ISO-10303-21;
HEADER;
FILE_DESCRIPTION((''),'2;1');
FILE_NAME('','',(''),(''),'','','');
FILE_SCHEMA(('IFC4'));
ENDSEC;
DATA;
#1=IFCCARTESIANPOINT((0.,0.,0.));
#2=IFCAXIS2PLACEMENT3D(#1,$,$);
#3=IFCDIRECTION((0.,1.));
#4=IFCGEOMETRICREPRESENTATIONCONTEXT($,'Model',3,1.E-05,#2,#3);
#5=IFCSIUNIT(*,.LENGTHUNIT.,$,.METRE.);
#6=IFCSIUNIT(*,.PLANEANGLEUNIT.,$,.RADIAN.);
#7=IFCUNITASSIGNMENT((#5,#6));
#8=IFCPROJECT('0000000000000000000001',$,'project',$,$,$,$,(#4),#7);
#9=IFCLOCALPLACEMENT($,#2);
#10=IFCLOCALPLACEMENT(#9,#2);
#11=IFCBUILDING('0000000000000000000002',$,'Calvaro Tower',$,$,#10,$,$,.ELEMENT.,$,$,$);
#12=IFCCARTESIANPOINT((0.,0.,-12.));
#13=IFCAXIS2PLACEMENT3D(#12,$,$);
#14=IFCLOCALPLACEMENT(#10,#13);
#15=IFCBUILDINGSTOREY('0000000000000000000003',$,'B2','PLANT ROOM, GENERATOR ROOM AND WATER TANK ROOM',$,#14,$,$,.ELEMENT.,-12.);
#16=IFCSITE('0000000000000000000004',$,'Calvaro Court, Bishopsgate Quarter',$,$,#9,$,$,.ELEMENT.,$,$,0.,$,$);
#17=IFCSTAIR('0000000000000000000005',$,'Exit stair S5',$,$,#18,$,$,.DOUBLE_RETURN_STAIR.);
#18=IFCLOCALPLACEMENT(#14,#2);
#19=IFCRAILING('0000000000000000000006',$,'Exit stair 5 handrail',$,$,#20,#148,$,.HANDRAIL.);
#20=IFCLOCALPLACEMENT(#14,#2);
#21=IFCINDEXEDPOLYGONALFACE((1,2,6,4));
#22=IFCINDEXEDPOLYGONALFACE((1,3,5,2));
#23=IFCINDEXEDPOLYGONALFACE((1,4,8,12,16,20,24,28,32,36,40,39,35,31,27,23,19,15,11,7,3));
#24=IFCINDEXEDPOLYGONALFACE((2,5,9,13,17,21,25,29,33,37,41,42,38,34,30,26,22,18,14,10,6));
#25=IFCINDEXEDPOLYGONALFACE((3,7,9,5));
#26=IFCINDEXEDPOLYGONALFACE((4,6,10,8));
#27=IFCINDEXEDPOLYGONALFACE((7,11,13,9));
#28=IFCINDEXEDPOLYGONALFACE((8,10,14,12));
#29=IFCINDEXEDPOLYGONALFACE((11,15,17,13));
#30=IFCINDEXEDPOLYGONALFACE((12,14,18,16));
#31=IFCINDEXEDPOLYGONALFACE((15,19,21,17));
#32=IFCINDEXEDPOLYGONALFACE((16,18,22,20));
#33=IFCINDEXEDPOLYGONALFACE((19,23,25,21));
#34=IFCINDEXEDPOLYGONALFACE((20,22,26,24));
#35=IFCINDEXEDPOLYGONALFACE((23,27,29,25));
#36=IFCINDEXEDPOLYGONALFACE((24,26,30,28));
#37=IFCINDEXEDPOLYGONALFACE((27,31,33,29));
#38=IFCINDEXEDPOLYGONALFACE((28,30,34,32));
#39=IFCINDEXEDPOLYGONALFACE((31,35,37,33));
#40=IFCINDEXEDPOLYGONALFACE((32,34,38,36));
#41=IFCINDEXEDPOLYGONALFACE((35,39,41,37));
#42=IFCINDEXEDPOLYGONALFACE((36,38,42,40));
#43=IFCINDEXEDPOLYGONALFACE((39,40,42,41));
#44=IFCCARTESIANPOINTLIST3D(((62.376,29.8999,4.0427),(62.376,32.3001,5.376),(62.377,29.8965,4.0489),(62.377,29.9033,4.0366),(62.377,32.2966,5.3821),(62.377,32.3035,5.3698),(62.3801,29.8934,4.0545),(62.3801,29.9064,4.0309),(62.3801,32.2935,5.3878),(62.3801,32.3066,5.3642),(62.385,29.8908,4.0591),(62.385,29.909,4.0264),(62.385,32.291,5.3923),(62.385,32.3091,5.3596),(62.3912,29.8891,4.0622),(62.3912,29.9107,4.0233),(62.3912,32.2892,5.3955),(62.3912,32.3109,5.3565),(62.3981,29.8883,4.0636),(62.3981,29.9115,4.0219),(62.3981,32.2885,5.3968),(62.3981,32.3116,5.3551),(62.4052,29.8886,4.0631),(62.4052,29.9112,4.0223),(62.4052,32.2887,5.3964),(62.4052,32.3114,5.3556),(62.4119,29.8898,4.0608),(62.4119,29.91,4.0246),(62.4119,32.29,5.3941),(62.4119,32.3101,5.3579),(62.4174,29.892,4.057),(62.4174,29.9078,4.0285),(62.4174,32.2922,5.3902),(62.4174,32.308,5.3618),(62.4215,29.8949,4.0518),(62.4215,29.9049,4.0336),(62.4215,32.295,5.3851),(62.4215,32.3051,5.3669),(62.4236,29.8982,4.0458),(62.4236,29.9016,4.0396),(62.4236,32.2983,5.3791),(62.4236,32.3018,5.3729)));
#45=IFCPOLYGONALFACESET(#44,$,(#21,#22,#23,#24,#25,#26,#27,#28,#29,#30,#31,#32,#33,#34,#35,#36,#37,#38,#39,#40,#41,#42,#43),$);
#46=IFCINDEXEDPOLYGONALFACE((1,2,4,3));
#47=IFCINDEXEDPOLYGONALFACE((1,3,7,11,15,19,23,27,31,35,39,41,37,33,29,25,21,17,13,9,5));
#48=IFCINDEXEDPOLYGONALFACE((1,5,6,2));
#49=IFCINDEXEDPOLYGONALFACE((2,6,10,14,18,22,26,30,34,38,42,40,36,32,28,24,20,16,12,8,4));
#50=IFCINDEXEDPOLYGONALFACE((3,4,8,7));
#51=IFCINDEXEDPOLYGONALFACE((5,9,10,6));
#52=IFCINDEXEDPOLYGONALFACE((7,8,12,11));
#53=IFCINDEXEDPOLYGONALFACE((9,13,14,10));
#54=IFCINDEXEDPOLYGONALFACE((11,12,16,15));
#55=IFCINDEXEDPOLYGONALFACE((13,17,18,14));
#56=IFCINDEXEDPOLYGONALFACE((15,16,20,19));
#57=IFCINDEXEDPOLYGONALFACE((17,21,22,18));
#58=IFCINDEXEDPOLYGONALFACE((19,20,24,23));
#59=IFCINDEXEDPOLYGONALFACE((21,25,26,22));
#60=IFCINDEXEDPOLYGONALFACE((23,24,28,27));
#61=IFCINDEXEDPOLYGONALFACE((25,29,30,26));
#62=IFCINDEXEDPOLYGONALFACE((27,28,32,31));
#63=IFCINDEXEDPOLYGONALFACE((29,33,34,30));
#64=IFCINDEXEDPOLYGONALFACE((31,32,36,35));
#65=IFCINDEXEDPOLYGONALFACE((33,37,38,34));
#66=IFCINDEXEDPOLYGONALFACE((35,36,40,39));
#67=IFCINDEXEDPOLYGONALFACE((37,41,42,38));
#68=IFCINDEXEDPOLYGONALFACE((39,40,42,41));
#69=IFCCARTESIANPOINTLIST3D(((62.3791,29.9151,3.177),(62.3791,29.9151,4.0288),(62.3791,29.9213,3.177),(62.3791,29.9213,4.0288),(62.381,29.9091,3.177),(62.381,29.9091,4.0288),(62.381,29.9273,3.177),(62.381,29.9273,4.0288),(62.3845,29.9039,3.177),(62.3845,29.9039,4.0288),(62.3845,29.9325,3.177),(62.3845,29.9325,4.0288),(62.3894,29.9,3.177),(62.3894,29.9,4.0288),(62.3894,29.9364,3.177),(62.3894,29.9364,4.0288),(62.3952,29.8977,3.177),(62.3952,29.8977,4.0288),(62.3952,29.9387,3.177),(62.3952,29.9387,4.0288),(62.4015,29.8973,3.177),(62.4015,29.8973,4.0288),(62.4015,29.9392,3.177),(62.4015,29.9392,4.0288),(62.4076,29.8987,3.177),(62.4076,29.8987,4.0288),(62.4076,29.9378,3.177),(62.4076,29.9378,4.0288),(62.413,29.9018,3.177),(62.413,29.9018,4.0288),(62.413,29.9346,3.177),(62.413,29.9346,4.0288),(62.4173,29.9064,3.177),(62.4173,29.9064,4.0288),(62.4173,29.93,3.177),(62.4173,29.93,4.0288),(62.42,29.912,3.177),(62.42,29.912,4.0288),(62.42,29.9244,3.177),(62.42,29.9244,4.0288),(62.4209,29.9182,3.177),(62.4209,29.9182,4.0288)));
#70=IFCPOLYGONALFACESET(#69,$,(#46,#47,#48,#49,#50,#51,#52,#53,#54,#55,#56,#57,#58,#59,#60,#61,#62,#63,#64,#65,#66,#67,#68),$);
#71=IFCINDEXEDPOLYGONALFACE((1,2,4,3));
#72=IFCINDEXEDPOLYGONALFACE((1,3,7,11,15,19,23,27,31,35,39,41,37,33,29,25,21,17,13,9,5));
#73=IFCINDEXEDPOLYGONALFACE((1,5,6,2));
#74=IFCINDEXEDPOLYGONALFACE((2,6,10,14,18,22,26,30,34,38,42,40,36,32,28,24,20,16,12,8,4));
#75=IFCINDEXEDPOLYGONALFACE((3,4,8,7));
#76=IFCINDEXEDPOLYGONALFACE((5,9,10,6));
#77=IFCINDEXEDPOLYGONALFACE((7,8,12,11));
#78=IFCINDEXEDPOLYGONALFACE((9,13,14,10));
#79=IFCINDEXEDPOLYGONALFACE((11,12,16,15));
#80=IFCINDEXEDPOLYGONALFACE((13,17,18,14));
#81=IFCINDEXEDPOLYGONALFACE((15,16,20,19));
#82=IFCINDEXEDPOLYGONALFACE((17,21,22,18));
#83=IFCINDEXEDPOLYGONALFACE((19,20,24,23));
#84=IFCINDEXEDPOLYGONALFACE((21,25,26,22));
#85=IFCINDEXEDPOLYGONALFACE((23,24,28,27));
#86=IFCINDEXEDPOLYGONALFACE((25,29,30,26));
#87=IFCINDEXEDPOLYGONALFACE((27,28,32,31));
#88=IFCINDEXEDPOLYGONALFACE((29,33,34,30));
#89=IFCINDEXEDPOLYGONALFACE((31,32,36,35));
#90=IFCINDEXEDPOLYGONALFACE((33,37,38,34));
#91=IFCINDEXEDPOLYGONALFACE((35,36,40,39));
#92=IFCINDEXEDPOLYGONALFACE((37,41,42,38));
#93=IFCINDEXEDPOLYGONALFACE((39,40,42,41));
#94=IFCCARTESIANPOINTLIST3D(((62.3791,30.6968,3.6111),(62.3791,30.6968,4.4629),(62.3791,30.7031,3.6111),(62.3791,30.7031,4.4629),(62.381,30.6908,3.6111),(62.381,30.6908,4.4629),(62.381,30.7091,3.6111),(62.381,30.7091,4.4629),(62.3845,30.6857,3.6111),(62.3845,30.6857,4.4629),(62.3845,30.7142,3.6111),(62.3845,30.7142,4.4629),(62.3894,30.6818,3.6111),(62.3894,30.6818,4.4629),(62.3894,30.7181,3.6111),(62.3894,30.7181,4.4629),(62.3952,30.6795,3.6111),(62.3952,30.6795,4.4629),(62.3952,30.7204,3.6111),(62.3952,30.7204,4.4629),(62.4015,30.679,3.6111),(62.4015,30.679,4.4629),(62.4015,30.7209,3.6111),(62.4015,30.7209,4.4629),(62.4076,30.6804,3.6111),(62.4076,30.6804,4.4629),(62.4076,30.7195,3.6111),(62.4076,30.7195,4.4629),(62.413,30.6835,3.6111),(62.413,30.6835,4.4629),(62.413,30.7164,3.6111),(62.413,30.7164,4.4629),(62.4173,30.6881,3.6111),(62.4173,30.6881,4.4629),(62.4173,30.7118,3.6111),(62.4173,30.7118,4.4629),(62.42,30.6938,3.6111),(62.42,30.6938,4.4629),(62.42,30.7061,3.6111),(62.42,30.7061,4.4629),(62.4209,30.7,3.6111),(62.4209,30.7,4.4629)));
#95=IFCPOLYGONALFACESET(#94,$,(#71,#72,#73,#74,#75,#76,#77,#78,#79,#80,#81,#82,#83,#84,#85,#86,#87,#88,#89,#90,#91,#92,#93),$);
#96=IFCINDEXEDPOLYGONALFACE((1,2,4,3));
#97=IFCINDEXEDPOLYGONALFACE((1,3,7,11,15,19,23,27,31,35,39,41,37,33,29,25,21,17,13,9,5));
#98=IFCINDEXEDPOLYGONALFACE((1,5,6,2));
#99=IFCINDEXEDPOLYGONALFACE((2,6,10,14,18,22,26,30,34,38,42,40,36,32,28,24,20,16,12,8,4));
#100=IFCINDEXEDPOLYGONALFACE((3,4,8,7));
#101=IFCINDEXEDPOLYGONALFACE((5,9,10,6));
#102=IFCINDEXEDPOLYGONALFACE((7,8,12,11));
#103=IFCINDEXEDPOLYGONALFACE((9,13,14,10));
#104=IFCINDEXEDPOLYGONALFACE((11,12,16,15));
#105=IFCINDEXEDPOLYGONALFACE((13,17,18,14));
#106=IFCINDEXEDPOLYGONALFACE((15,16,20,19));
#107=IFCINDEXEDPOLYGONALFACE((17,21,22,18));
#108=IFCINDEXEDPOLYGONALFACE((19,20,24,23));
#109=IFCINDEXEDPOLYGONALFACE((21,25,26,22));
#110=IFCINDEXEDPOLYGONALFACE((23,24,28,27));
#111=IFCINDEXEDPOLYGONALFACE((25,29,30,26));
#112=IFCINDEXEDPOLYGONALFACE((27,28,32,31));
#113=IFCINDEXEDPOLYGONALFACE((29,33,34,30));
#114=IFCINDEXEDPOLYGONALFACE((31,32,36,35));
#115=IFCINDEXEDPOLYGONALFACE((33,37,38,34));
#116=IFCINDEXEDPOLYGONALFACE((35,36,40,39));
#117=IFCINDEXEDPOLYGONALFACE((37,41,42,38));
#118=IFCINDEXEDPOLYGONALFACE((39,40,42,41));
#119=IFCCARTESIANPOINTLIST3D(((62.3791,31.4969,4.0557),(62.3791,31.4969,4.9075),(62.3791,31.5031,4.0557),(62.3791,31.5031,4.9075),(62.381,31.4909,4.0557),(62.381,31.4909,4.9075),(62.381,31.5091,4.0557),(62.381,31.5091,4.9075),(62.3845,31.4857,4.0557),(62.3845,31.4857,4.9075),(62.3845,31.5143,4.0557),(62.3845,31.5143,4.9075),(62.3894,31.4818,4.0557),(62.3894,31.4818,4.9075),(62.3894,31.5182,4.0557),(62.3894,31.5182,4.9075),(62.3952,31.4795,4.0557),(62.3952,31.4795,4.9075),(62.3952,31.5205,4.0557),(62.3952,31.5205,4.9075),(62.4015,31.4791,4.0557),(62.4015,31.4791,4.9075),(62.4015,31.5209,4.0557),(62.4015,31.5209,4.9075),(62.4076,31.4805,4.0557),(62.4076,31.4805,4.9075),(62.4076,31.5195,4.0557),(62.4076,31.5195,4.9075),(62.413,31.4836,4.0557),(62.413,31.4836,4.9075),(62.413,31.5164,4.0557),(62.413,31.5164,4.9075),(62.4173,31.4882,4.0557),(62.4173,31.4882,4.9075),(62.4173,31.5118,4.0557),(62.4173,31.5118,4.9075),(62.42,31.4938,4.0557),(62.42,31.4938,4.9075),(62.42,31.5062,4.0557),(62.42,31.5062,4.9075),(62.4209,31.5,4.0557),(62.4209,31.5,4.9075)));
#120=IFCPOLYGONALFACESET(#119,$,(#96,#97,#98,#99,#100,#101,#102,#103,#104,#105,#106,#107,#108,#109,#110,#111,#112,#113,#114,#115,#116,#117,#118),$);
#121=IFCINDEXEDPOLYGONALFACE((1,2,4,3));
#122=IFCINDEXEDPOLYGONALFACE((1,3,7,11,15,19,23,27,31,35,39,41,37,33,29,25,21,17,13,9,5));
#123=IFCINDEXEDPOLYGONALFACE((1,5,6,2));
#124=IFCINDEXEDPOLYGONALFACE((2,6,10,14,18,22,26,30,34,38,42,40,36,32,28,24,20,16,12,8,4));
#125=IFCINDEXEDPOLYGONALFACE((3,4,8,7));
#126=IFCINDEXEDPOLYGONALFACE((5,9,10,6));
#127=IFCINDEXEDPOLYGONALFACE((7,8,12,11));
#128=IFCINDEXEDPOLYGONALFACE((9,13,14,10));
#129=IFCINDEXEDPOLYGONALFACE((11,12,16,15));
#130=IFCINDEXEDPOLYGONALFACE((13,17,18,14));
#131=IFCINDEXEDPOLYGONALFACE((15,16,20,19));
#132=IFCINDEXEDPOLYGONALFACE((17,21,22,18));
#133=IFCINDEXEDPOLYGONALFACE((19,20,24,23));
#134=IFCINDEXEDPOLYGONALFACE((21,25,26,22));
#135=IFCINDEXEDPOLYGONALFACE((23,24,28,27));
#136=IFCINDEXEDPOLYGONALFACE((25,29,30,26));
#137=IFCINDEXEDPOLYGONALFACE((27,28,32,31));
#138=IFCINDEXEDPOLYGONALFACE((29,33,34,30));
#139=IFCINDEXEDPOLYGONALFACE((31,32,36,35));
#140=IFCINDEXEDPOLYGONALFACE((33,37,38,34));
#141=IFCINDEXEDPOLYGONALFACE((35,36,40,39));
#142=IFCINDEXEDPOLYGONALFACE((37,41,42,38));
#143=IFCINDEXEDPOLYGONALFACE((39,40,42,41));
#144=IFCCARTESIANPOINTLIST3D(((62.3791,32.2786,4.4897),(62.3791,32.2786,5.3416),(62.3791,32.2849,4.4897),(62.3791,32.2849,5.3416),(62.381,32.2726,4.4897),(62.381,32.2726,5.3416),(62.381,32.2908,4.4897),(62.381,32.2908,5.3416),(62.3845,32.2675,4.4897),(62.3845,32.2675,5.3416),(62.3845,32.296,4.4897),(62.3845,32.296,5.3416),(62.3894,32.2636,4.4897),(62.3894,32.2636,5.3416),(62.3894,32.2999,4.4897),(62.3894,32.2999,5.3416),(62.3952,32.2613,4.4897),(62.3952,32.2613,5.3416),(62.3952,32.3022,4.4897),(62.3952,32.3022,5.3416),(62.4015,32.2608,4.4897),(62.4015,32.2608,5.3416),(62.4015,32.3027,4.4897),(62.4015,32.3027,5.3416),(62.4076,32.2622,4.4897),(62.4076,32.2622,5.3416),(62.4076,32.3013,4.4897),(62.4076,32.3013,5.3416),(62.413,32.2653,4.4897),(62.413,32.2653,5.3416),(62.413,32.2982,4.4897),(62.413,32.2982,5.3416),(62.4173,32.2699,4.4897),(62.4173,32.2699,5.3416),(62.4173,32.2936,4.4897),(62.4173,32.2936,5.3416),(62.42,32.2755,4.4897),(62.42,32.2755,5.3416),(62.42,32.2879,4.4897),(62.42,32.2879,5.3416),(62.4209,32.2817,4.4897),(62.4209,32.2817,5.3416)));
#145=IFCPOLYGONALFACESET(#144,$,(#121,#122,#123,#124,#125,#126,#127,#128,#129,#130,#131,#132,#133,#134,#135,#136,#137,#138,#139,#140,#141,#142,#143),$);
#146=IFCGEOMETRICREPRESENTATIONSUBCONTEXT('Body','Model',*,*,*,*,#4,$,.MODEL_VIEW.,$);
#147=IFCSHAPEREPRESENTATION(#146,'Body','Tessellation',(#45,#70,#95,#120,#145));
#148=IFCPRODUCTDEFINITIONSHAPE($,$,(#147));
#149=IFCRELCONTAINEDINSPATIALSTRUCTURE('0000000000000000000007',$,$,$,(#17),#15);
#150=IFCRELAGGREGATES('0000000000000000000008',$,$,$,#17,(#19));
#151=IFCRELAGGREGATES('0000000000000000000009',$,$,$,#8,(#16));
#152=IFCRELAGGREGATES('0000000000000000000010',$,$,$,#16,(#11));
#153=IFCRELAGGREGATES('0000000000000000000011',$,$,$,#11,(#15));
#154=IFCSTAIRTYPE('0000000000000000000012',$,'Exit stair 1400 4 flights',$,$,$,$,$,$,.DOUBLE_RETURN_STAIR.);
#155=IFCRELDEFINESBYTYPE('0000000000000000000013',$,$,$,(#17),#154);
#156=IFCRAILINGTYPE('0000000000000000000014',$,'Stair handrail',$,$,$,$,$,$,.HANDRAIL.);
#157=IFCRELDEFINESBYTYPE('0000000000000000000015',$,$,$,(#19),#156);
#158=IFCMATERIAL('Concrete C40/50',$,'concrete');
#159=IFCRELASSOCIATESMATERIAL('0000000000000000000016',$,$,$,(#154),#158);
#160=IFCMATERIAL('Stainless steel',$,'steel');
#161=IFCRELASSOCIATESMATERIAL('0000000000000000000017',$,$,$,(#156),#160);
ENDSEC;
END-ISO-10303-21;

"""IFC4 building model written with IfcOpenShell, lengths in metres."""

from ifc_helpers import new_model, si_unit, direction, frame, origin, origin_2d, place, context, subcontext, project, spatial, circle, extrude, material, type_object, element, aggregate, save


model = new_model("IFC4")

# Units and contexts
model_context = context("Model", 3, precision=1e-05, world=origin(), true_north=direction((0.0, 1.0)))
body_context = subcontext(model_context, "Body", "Model", "MODEL_VIEW")
ifc_project = project(units=[si_unit("LENGTHUNIT", "METRE"), si_unit("PLANEANGLEUNIT", "RADIAN")], contexts=[model_context])

# Site, building, storey
site_placement = place(None, origin())
site = spatial("IfcSite", under=ifc_project, at=site_placement, Name="Calvaro Court, Bishopsgate Quarter", CompositionType="ELEMENT", RefElevation=0.0)
building_placement = place(site_placement, origin())
building = spatial("IfcBuilding", under=site, at=building_placement, Name="Calvaro Tower", CompositionType="ELEMENT")
storey_placement = place(building_placement, frame((0.0, 0.0, -12.0)))
storey = spatial("IfcBuildingStorey", under=building, at=storey_placement, Name="B2", Description="PLANT ROOM, GENERATOR ROOM AND WATER TANK ROOM", CompositionType="ELEMENT", Elevation=-12.0)

# Stair
ifc_material_1 = material(Name="Concrete C40/50", Category="concrete")
stair_type = type_object("IfcStairType", Name="Exit stair 1400 4 flights", PredefinedType="DOUBLE_RETURN_STAIR", material=ifc_material_1)
stair_1_placement = place(storey_placement, origin())
stair_1 = element("IfcStair", 1, at=stair_1_placement, inside=storey, type_object=stair_type, Name="Exit stair S5", PredefinedType="DOUBLE_RETURN_STAIR")

# Shared definitions
ifc_material_2 = material(Name="Stainless steel", Category="steel")
railing_type = type_object("IfcRailingType", Name="Stair handrail", PredefinedType="HANDRAIL", material=ifc_material_2)

# Railing
railing_1_placement = place(storey_placement, frame((62.3999, 29.8999, 3.1667)))
railing_1 = element("IfcRailing", 2, at=railing_1_placement, type_object=railing_type, Name="Exit stair 5 handrail", PredefinedType="HANDRAIL", context=body_context, shape_type="SweptSolid", body=[
    extrude(circle(Radius=0.0239, at=origin_2d()), frame((0.0, 0.0, 0.876), z_axis=(0.0, 0.874182, 0.485598), x_axis=(-1.0, 0.0, 0.0)), (0.0, 0.0, 1.0), 2.7456),
    extrude(circle(Radius=0.021, at=origin_2d()), frame((0.0, 0.0183, 0.0103)), (0.0, 0.0, 1.0), 0.8518),
    extrude(circle(Radius=0.021, at=origin_2d()), frame((0.0, 0.8, 0.4443)), (0.0, 0.0, 1.0), 0.8518),
    extrude(circle(Radius=0.021, at=origin_2d()), frame((0.0, 1.6001, 0.8889)), (0.0, 0.0, 1.0), 0.8518),
    extrude(circle(Radius=0.021, at=origin_2d()), frame((0.0, 2.3818, 1.323)), (0.0, 0.0, 1.0), 0.8518),
])
aggregate(stair_1, [railing_1])

save(model, "model.ifc")
